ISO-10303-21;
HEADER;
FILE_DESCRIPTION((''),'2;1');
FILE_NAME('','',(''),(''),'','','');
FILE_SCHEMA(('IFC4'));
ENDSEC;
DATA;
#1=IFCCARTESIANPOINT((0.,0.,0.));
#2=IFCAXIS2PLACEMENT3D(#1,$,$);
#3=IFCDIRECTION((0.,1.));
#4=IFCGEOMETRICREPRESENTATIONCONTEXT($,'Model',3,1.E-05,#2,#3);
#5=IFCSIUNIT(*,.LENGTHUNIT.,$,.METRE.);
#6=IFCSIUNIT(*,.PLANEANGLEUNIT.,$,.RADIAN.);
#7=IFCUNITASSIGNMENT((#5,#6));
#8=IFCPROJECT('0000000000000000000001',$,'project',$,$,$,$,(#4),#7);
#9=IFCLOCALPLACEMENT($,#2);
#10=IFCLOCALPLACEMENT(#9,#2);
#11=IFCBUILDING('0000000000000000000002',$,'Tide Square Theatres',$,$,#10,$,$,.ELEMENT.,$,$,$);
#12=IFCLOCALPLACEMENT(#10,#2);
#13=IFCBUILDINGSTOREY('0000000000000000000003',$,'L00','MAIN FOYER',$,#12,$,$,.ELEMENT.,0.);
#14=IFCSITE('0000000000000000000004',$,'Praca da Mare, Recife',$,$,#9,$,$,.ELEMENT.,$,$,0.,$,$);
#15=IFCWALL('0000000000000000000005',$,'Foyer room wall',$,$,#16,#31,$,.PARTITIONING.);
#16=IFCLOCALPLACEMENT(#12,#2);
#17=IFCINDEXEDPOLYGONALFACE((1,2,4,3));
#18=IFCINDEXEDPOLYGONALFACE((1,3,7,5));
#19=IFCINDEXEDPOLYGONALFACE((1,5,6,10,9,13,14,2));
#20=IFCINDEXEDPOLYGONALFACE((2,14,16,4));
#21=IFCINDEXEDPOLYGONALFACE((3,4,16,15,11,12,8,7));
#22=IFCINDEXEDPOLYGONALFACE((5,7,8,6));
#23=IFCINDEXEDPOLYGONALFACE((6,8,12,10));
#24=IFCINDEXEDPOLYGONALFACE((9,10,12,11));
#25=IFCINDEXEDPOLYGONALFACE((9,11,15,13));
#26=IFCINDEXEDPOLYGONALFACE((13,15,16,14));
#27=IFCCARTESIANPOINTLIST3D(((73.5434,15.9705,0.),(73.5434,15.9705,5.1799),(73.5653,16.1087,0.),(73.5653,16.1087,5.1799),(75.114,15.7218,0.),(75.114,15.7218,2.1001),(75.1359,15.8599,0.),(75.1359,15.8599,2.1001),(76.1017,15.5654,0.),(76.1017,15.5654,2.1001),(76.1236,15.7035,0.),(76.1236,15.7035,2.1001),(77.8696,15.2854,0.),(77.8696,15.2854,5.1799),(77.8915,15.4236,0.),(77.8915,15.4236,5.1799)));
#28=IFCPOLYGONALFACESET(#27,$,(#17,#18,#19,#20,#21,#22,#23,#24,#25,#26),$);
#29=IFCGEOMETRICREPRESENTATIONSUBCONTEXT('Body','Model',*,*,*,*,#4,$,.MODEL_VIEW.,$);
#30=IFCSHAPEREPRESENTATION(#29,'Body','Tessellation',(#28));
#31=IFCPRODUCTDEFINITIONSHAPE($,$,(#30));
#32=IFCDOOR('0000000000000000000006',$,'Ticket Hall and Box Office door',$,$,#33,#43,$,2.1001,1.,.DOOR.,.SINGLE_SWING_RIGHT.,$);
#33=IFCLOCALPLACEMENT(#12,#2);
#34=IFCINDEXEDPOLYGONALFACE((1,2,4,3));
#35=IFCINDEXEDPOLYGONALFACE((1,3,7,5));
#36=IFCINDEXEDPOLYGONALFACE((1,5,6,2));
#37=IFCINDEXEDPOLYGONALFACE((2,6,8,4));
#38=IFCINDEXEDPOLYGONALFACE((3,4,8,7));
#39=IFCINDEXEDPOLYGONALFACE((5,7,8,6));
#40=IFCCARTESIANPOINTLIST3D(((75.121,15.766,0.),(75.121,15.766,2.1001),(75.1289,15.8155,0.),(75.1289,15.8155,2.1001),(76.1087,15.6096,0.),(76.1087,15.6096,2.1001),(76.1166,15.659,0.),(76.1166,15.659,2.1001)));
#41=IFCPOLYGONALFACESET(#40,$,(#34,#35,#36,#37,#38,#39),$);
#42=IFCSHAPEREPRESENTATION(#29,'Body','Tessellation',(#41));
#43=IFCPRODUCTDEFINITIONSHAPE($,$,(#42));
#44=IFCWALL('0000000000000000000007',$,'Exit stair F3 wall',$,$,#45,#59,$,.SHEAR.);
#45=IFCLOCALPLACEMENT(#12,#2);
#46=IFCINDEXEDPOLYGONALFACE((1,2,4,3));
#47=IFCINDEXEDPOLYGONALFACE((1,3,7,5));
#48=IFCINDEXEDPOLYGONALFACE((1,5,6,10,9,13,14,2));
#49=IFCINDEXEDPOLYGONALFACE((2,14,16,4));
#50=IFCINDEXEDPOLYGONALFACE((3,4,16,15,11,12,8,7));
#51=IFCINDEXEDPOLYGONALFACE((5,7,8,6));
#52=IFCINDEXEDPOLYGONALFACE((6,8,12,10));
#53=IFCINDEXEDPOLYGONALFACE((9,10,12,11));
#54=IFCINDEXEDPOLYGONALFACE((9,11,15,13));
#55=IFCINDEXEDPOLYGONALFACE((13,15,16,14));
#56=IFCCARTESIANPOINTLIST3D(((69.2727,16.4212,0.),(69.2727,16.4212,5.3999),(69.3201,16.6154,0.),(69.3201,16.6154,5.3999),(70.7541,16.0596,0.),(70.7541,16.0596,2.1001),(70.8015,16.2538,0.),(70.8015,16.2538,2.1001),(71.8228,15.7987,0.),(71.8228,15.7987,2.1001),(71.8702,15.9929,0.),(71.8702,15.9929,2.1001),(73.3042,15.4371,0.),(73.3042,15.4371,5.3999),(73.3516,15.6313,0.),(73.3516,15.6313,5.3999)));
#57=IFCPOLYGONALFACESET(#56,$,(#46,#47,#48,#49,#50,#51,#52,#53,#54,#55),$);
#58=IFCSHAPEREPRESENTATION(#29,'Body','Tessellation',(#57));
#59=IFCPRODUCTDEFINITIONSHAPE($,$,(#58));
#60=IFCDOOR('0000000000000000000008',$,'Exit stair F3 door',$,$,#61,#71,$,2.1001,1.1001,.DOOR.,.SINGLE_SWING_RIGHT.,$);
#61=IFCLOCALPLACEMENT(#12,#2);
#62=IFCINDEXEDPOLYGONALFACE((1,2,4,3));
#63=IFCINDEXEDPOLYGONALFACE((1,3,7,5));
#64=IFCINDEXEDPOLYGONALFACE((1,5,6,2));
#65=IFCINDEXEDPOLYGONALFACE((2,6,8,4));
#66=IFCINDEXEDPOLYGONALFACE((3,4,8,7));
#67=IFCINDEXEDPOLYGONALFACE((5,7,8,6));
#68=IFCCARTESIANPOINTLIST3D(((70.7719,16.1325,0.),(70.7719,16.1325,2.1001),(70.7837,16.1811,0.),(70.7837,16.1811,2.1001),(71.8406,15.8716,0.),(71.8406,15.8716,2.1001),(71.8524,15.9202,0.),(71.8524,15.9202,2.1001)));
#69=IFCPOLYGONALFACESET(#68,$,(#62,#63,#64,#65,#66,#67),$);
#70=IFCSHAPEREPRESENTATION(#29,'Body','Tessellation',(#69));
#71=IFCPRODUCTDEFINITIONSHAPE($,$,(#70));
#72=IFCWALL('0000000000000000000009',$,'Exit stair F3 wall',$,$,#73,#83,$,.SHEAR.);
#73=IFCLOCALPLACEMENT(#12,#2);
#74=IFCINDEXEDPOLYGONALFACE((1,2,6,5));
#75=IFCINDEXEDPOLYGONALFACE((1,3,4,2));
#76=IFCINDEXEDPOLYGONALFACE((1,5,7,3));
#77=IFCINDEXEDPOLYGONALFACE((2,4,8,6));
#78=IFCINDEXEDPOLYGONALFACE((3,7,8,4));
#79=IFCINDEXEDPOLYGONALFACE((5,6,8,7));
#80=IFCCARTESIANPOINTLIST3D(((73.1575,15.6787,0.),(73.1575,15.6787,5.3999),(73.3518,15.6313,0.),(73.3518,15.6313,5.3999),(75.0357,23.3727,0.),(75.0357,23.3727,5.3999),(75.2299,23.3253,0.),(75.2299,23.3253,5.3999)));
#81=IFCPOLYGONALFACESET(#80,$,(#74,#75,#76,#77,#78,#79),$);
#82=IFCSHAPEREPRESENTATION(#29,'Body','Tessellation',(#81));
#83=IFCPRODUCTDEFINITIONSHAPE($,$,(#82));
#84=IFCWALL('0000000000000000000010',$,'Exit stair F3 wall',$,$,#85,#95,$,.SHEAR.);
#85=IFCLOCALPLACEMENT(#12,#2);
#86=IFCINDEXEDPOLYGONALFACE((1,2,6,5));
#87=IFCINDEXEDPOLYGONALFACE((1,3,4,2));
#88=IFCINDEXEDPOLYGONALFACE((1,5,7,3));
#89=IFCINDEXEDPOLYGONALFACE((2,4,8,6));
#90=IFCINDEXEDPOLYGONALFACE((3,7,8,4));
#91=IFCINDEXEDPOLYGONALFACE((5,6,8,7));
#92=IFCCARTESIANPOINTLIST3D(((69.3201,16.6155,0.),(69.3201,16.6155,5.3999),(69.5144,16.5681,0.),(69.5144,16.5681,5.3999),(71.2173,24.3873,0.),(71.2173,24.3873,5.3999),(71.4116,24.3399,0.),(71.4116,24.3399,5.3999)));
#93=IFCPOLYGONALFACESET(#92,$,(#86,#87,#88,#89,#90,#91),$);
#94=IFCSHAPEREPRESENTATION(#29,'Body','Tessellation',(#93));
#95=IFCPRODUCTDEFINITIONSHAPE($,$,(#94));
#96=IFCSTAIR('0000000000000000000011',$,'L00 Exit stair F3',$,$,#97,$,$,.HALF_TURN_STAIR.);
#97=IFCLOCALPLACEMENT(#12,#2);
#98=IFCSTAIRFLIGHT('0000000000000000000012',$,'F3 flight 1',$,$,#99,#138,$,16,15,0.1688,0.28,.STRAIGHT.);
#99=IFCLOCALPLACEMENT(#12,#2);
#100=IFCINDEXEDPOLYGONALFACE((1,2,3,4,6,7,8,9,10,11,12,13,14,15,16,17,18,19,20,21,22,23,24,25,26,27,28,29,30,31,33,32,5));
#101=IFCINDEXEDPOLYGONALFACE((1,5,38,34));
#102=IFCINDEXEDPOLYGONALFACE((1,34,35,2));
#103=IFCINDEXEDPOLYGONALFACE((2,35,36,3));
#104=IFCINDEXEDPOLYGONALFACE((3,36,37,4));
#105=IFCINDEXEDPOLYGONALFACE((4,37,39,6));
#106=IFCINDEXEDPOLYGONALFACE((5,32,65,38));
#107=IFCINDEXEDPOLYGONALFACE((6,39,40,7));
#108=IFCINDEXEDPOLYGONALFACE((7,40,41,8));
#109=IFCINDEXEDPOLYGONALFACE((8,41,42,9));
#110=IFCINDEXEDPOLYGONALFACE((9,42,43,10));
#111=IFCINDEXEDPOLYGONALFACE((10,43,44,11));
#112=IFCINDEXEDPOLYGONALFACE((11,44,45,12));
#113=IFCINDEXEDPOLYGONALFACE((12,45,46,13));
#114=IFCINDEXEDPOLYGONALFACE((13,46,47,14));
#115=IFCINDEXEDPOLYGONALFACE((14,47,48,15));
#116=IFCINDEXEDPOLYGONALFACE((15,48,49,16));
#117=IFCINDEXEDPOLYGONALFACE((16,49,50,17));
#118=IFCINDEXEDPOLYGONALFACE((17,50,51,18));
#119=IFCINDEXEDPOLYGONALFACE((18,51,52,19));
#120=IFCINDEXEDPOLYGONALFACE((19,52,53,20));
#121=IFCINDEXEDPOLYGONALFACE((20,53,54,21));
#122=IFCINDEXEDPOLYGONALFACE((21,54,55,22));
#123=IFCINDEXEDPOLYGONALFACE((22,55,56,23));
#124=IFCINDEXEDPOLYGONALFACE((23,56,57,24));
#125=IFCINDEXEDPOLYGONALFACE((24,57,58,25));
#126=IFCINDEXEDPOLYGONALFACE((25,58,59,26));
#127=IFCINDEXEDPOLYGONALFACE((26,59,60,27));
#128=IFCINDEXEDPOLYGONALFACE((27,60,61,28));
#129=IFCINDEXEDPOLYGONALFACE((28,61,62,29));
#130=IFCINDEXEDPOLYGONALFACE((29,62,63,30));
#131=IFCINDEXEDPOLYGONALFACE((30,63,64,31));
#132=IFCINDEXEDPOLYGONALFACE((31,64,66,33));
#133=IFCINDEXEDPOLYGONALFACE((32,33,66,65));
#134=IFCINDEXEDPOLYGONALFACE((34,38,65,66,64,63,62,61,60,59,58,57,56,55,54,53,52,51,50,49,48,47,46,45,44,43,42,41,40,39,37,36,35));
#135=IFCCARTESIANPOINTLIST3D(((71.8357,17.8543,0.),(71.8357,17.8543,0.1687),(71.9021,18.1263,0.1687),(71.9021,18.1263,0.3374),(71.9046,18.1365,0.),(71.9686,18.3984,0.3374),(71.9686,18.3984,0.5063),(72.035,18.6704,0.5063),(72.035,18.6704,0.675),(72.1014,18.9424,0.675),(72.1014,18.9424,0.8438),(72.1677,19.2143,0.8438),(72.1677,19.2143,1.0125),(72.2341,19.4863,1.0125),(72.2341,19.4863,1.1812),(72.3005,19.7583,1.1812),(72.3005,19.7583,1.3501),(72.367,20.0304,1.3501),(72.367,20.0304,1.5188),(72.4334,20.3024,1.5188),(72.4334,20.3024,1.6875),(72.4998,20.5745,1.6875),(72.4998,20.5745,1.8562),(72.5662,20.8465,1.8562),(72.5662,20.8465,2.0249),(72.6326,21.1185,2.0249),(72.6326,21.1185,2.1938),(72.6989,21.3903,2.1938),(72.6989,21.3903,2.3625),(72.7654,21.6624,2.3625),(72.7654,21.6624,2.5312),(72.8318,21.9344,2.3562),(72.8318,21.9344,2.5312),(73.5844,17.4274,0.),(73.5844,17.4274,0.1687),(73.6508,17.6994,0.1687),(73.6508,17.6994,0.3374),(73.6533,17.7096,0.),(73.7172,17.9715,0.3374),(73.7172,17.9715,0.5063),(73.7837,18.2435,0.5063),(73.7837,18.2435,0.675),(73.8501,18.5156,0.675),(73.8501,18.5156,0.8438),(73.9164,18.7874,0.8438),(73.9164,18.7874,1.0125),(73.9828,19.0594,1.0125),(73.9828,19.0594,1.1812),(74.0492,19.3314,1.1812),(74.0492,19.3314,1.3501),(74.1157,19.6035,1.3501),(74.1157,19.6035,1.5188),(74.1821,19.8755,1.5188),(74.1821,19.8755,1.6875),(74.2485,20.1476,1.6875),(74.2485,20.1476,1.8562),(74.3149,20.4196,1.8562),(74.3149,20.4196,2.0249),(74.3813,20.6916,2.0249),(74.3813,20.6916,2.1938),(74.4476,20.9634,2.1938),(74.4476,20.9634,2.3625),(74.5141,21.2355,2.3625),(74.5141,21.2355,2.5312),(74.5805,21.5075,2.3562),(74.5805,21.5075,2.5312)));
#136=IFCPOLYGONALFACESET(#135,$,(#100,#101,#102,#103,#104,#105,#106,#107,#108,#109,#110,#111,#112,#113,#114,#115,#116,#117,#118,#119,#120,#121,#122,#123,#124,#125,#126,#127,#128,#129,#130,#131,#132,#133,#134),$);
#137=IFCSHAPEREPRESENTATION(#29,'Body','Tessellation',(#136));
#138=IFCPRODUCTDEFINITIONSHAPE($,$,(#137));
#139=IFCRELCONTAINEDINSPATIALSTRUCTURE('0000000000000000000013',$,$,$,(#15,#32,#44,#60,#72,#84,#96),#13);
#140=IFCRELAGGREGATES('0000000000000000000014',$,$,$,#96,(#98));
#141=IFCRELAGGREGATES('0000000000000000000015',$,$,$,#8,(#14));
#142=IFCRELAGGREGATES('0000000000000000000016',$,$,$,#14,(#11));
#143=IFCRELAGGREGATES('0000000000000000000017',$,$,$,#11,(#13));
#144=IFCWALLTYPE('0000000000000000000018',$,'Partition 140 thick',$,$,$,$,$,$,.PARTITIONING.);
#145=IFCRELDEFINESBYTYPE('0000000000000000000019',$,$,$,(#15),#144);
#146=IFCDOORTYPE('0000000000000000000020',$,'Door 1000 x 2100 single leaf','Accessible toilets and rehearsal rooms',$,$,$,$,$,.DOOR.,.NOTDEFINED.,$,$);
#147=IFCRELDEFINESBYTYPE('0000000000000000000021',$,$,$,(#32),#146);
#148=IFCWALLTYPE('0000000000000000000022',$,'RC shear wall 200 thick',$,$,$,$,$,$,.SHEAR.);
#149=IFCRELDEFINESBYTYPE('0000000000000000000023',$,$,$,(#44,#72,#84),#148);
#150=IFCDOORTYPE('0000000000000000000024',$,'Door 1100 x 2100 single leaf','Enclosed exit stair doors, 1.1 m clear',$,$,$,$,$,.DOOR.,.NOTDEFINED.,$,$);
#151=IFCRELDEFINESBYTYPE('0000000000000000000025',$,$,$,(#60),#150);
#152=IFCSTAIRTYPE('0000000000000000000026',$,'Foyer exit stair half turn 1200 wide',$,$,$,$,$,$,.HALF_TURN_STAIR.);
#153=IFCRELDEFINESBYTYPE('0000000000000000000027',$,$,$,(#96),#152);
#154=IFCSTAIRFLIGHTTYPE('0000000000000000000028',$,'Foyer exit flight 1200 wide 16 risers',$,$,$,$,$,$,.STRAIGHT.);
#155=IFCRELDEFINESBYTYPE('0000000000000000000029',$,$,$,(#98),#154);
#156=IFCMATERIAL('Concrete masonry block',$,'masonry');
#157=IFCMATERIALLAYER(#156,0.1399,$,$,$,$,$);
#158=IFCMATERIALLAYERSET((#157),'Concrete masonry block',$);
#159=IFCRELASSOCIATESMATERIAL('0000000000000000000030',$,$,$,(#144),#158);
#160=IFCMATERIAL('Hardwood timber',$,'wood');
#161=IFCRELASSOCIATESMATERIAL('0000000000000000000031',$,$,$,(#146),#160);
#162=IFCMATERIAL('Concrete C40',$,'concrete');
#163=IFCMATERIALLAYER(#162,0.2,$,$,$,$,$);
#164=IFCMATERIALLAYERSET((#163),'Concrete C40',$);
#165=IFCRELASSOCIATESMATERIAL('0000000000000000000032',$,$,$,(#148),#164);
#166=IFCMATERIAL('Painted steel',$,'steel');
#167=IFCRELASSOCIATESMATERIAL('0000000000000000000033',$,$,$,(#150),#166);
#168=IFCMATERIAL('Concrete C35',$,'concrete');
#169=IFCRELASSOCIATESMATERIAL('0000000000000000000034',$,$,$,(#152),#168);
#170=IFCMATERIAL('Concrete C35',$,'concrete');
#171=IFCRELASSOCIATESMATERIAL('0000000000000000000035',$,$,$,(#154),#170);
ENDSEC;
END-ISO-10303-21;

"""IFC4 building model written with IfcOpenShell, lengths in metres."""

from ifc_helpers import new_model, si_unit, direction, frame, frame_2d, origin, place, context, subcontext, project, spatial, polyline, rectangle, outline, extrude, material, layer, layer_set, type_object, element, fill, aggregate, save


model = new_model("IFC4")

# Units and contexts
model_context = context("Model", 3, precision=1e-05, world=origin(), true_north=direction((0.0, 1.0)))
body_context = subcontext(model_context, "Body", "Model", "MODEL_VIEW")
ifc_project = project(units=[si_unit("LENGTHUNIT", "METRE"), si_unit("PLANEANGLEUNIT", "RADIAN")], contexts=[model_context])

# Site, building, storey
site_placement = place(None, origin())
site = spatial("IfcSite", under=ifc_project, at=site_placement, Name="Praca da Mare, Recife", CompositionType="ELEMENT", RefElevation=0.0)
building_placement = place(site_placement, origin())
building = spatial("IfcBuilding", under=site, at=building_placement, Name="Tide Square Theatres", CompositionType="ELEMENT")
storey_placement = place(building_placement, origin())
storey = spatial("IfcBuildingStorey", under=building, at=storey_placement, Name="L00", Description="MAIN FOYER", CompositionType="ELEMENT", Elevation=0.0)

# Shared definitions
ifc_material_1 = material(Name="Concrete masonry block", Category="masonry")
ifc_layer_1 = layer(ifc_material_1, 0.1399)
ifc_layer_set_1 = layer_set([ifc_layer_1], Name="Concrete masonry block")
wall_type_1 = type_object("IfcWallType", Name="Partition 140 thick", PredefinedType="PARTITIONING", material=ifc_layer_set_1)

# Walls, openings, doors
wall_1_placement = place(storey_placement, frame((73.5544, 16.0396, 0.0), z_axis=(0.0, 0.0, 1.0), x_axis=(0.987693, -0.156403, 0.0)))
wall_1 = element("IfcWall", 1, at=wall_1_placement, inside=storey, type_object=wall_type_1, Name="Foyer room wall", PredefinedType="PARTITIONING", context=body_context, shape_type="SweptSolid", body=[
    extrude(rectangle(XDim=4.3801, YDim=0.1399, at=frame_2d((2.1899, 0.0))), origin(), (0.0, 0.0, 1.0), 5.1799),
])
opening_1_placement = place(wall_1_placement, frame((1.5901, 0.0, 0.0)))
opening_1 = element("IfcOpeningElement", 2, at=opening_1_placement, cuts=wall_1, PredefinedType="OPENING", context=body_context, shape_type="SweptSolid", body=[
    extrude(rectangle(XDim=1.0, YDim=2.1001, at=frame_2d((0.5, 1.05))), frame((0.0, 0.0798, 0.0), z_axis=(0.0, -1.0, 0.0), x_axis=(1.0, 0.0, 0.0)), (0.0, 0.0, 1.0), 0.1599),
])
ifc_material_2 = material(Name="Hardwood timber", Category="wood")
door_type_1 = type_object("IfcDoorType", Name="Door 1000 x 2100 single leaf", Description="Accessible toilets and rehearsal rooms", OperationType="NOTDEFINED", PredefinedType="DOOR", material=ifc_material_2)
door_1_placement = place(opening_1_placement, origin())
door_1 = element("IfcDoor", 3, at=door_1_placement, inside=storey, type_object=door_type_1, Name="Ticket Hall and Box Office door", OperationType="SINGLE_SWING_RIGHT", OverallHeight=2.1001, OverallWidth=1.0, PredefinedType="DOOR", context=body_context, shape_type="SweptSolid", body=[
    extrude(rectangle(XDim=1.0, YDim=2.1001, at=frame_2d((0.5, 1.05))), frame((0.0, 0.0249, 0.0), z_axis=(0.0, -1.0, 0.0), x_axis=(1.0, 0.0, 0.0)), (0.0, 0.0, 1.0), 0.05),
])
fill(opening_1, door_1)
ifc_material_3 = material(Name="Concrete C40", Category="concrete")
ifc_layer_2 = layer(ifc_material_3, 0.2)
ifc_layer_set_2 = layer_set([ifc_layer_2], Name="Concrete C40")
wall_type_2 = type_object("IfcWallType", Name="RC shear wall 200 thick", PredefinedType="SHEAR", material=ifc_layer_set_2)
wall_2_placement = place(storey_placement, frame((73.3279, 15.5342, 0.0), z_axis=(0.0, 0.0, 1.0), x_axis=(-0.971474, 0.237147, 0.0)))
wall_2 = element("IfcWall", 4, at=wall_2_placement, inside=storey, type_object=wall_type_2, Name="Exit stair F3 wall", PredefinedType="SHEAR", context=body_context, shape_type="SweptSolid", body=[
    extrude(rectangle(XDim=4.1499, YDim=0.2, at=frame_2d((2.075, 0.0))), origin(), (0.0, 0.0, 1.0), 5.3999),
])
opening_2_placement = place(wall_2_placement, frame((1.5249, 0.0, 0.0)))
opening_2 = element("IfcOpeningElement", 5, at=opening_2_placement, cuts=wall_2, PredefinedType="OPENING", context=body_context, shape_type="SweptSolid", body=[
    extrude(rectangle(XDim=1.1001, YDim=2.1001, at=frame_2d((0.55, 1.05))), frame((0.0, 0.1099, 0.0), z_axis=(0.0, -1.0, 0.0), x_axis=(1.0, 0.0, 0.0)), (0.0, 0.0, 1.0), 0.22),
])
ifc_material_4 = material(Name="Painted steel", Category="steel")
door_type_2 = type_object("IfcDoorType", Name="Door 1100 x 2100 single leaf", Description="Enclosed exit stair doors, 1.1 m clear", OperationType="NOTDEFINED", PredefinedType="DOOR", material=ifc_material_4)
door_2_placement = place(opening_2_placement, origin())
door_2 = element("IfcDoor", 6, at=door_2_placement, inside=storey, type_object=door_type_2, Name="Exit stair F3 door", OperationType="SINGLE_SWING_RIGHT", OverallHeight=2.1001, OverallWidth=1.1001, PredefinedType="DOOR", context=body_context, shape_type="SweptSolid", body=[
    extrude(rectangle(XDim=1.1001, YDim=2.1001, at=frame_2d((0.55, 1.05))), frame((0.0, 0.0249, 0.0), z_axis=(0.0, -1.0, 0.0), x_axis=(1.0, 0.0, 0.0)), (0.0, 0.0, 1.0), 0.05),
])
fill(opening_2, door_2)

# Walls
wall_3_placement = place(storey_placement, frame((73.2546, 15.655, 0.0), z_axis=(0.0, 0.0, 1.0), x_axis=(0.237143, 0.971475, 0.0)))
element("IfcWall", 7, at=wall_3_placement, inside=storey, type_object=wall_type_2, Name="Exit stair F3 wall", PredefinedType="SHEAR", context=body_context, shape_type="SweptSolid", body=[
    extrude(rectangle(XDim=7.9199, YDim=0.2, at=frame_2d((3.96, 0.0))), origin(), (0.0, 0.0, 1.0), 5.3999),
])
wall_4_placement = place(storey_placement, frame((69.4172, 16.5918, 0.0), z_axis=(0.0, 0.0, 1.0), x_axis=(0.237154, 0.971472, 0.0)))
element("IfcWall", 8, at=wall_4_placement, inside=storey, type_object=wall_type_2, Name="Exit stair F3 wall", PredefinedType="SHEAR", context=body_context, shape_type="SweptSolid", body=[
    extrude(rectangle(XDim=8.0, YDim=0.2, at=frame_2d((4.0, 0.0))), origin(), (0.0, 0.0, 1.0), 5.3999),
])

# Stair, stair flight
ifc_material_5 = material(Name="Concrete C35", Category="concrete")
stair_type = type_object("IfcStairType", Name="Foyer exit stair half turn 1200 wide", PredefinedType="HALF_TURN_STAIR", material=ifc_material_5)
stair_placement = place(storey_placement, origin())
stair = element("IfcStair", 9, at=stair_placement, inside=storey, type_object=stair_type, Name="L00 Exit stair F3", PredefinedType="HALF_TURN_STAIR")
ifc_material_6 = material(Name="Concrete C35", Category="concrete")
stair_flight_type = type_object("IfcStairFlightType", Name="Foyer exit flight 1200 wide 16 risers", PredefinedType="STRAIGHT", material=ifc_material_6)
stair_flight_1_placement = place(storey_placement, frame((72.71, 17.6409, 0.0), z_axis=(0.0, 0.0, 1.0), x_axis=(0.237155, 0.971472, 0.0)))
stair_flight_1 = element("IfcStairFlight", 10, at=stair_flight_1_placement, type_object=stair_flight_type, Name="F3 flight 1", NumberOfRisers=16, NumberOfTreads=15, PredefinedType="STRAIGHT", RiserHeight=0.1688, TreadLength=0.28, context=body_context, shape_type="SweptSolid", body=[
    extrude(outline(polyline([(0.0, 0.0), (0.0, 0.1687), (0.28, 0.1687), (0.28, 0.3374), (0.5601, 0.3374), (0.5601, 0.5063), (0.8401, 0.5063), (0.8401, 0.675), (1.1201, 0.675), (1.1201, 0.8438), (1.3999, 0.8438), (1.3999, 1.0125), (1.6799, 1.0125), (1.6799, 1.1812), (1.96, 1.1812), (1.96, 1.3501), (2.24, 1.3501), (2.24, 1.5188), (2.52, 1.5188), (2.52, 1.6875), (2.8, 1.6875), (2.8, 1.8562), (3.0801, 1.8562), (3.0801, 2.0249), (3.3601, 2.0249), (3.3601, 2.1938), (3.6399, 2.1938), (3.6399, 2.3625), (3.9199, 2.3625), (3.9199, 2.5312), (4.2, 2.5312), (4.2, 2.7), (4.2, 2.3562), (0.2905, 0.0), (0.0, 0.0)])), frame((0.0, 0.8999, 0.0), z_axis=(0.0, -1.0, 0.0), x_axis=(1.0, 0.0, 0.0)), (0.0, 0.0, 1.0), 1.8),
])
aggregate(stair, [stair_flight_1])

save(model, "model.ifc")
